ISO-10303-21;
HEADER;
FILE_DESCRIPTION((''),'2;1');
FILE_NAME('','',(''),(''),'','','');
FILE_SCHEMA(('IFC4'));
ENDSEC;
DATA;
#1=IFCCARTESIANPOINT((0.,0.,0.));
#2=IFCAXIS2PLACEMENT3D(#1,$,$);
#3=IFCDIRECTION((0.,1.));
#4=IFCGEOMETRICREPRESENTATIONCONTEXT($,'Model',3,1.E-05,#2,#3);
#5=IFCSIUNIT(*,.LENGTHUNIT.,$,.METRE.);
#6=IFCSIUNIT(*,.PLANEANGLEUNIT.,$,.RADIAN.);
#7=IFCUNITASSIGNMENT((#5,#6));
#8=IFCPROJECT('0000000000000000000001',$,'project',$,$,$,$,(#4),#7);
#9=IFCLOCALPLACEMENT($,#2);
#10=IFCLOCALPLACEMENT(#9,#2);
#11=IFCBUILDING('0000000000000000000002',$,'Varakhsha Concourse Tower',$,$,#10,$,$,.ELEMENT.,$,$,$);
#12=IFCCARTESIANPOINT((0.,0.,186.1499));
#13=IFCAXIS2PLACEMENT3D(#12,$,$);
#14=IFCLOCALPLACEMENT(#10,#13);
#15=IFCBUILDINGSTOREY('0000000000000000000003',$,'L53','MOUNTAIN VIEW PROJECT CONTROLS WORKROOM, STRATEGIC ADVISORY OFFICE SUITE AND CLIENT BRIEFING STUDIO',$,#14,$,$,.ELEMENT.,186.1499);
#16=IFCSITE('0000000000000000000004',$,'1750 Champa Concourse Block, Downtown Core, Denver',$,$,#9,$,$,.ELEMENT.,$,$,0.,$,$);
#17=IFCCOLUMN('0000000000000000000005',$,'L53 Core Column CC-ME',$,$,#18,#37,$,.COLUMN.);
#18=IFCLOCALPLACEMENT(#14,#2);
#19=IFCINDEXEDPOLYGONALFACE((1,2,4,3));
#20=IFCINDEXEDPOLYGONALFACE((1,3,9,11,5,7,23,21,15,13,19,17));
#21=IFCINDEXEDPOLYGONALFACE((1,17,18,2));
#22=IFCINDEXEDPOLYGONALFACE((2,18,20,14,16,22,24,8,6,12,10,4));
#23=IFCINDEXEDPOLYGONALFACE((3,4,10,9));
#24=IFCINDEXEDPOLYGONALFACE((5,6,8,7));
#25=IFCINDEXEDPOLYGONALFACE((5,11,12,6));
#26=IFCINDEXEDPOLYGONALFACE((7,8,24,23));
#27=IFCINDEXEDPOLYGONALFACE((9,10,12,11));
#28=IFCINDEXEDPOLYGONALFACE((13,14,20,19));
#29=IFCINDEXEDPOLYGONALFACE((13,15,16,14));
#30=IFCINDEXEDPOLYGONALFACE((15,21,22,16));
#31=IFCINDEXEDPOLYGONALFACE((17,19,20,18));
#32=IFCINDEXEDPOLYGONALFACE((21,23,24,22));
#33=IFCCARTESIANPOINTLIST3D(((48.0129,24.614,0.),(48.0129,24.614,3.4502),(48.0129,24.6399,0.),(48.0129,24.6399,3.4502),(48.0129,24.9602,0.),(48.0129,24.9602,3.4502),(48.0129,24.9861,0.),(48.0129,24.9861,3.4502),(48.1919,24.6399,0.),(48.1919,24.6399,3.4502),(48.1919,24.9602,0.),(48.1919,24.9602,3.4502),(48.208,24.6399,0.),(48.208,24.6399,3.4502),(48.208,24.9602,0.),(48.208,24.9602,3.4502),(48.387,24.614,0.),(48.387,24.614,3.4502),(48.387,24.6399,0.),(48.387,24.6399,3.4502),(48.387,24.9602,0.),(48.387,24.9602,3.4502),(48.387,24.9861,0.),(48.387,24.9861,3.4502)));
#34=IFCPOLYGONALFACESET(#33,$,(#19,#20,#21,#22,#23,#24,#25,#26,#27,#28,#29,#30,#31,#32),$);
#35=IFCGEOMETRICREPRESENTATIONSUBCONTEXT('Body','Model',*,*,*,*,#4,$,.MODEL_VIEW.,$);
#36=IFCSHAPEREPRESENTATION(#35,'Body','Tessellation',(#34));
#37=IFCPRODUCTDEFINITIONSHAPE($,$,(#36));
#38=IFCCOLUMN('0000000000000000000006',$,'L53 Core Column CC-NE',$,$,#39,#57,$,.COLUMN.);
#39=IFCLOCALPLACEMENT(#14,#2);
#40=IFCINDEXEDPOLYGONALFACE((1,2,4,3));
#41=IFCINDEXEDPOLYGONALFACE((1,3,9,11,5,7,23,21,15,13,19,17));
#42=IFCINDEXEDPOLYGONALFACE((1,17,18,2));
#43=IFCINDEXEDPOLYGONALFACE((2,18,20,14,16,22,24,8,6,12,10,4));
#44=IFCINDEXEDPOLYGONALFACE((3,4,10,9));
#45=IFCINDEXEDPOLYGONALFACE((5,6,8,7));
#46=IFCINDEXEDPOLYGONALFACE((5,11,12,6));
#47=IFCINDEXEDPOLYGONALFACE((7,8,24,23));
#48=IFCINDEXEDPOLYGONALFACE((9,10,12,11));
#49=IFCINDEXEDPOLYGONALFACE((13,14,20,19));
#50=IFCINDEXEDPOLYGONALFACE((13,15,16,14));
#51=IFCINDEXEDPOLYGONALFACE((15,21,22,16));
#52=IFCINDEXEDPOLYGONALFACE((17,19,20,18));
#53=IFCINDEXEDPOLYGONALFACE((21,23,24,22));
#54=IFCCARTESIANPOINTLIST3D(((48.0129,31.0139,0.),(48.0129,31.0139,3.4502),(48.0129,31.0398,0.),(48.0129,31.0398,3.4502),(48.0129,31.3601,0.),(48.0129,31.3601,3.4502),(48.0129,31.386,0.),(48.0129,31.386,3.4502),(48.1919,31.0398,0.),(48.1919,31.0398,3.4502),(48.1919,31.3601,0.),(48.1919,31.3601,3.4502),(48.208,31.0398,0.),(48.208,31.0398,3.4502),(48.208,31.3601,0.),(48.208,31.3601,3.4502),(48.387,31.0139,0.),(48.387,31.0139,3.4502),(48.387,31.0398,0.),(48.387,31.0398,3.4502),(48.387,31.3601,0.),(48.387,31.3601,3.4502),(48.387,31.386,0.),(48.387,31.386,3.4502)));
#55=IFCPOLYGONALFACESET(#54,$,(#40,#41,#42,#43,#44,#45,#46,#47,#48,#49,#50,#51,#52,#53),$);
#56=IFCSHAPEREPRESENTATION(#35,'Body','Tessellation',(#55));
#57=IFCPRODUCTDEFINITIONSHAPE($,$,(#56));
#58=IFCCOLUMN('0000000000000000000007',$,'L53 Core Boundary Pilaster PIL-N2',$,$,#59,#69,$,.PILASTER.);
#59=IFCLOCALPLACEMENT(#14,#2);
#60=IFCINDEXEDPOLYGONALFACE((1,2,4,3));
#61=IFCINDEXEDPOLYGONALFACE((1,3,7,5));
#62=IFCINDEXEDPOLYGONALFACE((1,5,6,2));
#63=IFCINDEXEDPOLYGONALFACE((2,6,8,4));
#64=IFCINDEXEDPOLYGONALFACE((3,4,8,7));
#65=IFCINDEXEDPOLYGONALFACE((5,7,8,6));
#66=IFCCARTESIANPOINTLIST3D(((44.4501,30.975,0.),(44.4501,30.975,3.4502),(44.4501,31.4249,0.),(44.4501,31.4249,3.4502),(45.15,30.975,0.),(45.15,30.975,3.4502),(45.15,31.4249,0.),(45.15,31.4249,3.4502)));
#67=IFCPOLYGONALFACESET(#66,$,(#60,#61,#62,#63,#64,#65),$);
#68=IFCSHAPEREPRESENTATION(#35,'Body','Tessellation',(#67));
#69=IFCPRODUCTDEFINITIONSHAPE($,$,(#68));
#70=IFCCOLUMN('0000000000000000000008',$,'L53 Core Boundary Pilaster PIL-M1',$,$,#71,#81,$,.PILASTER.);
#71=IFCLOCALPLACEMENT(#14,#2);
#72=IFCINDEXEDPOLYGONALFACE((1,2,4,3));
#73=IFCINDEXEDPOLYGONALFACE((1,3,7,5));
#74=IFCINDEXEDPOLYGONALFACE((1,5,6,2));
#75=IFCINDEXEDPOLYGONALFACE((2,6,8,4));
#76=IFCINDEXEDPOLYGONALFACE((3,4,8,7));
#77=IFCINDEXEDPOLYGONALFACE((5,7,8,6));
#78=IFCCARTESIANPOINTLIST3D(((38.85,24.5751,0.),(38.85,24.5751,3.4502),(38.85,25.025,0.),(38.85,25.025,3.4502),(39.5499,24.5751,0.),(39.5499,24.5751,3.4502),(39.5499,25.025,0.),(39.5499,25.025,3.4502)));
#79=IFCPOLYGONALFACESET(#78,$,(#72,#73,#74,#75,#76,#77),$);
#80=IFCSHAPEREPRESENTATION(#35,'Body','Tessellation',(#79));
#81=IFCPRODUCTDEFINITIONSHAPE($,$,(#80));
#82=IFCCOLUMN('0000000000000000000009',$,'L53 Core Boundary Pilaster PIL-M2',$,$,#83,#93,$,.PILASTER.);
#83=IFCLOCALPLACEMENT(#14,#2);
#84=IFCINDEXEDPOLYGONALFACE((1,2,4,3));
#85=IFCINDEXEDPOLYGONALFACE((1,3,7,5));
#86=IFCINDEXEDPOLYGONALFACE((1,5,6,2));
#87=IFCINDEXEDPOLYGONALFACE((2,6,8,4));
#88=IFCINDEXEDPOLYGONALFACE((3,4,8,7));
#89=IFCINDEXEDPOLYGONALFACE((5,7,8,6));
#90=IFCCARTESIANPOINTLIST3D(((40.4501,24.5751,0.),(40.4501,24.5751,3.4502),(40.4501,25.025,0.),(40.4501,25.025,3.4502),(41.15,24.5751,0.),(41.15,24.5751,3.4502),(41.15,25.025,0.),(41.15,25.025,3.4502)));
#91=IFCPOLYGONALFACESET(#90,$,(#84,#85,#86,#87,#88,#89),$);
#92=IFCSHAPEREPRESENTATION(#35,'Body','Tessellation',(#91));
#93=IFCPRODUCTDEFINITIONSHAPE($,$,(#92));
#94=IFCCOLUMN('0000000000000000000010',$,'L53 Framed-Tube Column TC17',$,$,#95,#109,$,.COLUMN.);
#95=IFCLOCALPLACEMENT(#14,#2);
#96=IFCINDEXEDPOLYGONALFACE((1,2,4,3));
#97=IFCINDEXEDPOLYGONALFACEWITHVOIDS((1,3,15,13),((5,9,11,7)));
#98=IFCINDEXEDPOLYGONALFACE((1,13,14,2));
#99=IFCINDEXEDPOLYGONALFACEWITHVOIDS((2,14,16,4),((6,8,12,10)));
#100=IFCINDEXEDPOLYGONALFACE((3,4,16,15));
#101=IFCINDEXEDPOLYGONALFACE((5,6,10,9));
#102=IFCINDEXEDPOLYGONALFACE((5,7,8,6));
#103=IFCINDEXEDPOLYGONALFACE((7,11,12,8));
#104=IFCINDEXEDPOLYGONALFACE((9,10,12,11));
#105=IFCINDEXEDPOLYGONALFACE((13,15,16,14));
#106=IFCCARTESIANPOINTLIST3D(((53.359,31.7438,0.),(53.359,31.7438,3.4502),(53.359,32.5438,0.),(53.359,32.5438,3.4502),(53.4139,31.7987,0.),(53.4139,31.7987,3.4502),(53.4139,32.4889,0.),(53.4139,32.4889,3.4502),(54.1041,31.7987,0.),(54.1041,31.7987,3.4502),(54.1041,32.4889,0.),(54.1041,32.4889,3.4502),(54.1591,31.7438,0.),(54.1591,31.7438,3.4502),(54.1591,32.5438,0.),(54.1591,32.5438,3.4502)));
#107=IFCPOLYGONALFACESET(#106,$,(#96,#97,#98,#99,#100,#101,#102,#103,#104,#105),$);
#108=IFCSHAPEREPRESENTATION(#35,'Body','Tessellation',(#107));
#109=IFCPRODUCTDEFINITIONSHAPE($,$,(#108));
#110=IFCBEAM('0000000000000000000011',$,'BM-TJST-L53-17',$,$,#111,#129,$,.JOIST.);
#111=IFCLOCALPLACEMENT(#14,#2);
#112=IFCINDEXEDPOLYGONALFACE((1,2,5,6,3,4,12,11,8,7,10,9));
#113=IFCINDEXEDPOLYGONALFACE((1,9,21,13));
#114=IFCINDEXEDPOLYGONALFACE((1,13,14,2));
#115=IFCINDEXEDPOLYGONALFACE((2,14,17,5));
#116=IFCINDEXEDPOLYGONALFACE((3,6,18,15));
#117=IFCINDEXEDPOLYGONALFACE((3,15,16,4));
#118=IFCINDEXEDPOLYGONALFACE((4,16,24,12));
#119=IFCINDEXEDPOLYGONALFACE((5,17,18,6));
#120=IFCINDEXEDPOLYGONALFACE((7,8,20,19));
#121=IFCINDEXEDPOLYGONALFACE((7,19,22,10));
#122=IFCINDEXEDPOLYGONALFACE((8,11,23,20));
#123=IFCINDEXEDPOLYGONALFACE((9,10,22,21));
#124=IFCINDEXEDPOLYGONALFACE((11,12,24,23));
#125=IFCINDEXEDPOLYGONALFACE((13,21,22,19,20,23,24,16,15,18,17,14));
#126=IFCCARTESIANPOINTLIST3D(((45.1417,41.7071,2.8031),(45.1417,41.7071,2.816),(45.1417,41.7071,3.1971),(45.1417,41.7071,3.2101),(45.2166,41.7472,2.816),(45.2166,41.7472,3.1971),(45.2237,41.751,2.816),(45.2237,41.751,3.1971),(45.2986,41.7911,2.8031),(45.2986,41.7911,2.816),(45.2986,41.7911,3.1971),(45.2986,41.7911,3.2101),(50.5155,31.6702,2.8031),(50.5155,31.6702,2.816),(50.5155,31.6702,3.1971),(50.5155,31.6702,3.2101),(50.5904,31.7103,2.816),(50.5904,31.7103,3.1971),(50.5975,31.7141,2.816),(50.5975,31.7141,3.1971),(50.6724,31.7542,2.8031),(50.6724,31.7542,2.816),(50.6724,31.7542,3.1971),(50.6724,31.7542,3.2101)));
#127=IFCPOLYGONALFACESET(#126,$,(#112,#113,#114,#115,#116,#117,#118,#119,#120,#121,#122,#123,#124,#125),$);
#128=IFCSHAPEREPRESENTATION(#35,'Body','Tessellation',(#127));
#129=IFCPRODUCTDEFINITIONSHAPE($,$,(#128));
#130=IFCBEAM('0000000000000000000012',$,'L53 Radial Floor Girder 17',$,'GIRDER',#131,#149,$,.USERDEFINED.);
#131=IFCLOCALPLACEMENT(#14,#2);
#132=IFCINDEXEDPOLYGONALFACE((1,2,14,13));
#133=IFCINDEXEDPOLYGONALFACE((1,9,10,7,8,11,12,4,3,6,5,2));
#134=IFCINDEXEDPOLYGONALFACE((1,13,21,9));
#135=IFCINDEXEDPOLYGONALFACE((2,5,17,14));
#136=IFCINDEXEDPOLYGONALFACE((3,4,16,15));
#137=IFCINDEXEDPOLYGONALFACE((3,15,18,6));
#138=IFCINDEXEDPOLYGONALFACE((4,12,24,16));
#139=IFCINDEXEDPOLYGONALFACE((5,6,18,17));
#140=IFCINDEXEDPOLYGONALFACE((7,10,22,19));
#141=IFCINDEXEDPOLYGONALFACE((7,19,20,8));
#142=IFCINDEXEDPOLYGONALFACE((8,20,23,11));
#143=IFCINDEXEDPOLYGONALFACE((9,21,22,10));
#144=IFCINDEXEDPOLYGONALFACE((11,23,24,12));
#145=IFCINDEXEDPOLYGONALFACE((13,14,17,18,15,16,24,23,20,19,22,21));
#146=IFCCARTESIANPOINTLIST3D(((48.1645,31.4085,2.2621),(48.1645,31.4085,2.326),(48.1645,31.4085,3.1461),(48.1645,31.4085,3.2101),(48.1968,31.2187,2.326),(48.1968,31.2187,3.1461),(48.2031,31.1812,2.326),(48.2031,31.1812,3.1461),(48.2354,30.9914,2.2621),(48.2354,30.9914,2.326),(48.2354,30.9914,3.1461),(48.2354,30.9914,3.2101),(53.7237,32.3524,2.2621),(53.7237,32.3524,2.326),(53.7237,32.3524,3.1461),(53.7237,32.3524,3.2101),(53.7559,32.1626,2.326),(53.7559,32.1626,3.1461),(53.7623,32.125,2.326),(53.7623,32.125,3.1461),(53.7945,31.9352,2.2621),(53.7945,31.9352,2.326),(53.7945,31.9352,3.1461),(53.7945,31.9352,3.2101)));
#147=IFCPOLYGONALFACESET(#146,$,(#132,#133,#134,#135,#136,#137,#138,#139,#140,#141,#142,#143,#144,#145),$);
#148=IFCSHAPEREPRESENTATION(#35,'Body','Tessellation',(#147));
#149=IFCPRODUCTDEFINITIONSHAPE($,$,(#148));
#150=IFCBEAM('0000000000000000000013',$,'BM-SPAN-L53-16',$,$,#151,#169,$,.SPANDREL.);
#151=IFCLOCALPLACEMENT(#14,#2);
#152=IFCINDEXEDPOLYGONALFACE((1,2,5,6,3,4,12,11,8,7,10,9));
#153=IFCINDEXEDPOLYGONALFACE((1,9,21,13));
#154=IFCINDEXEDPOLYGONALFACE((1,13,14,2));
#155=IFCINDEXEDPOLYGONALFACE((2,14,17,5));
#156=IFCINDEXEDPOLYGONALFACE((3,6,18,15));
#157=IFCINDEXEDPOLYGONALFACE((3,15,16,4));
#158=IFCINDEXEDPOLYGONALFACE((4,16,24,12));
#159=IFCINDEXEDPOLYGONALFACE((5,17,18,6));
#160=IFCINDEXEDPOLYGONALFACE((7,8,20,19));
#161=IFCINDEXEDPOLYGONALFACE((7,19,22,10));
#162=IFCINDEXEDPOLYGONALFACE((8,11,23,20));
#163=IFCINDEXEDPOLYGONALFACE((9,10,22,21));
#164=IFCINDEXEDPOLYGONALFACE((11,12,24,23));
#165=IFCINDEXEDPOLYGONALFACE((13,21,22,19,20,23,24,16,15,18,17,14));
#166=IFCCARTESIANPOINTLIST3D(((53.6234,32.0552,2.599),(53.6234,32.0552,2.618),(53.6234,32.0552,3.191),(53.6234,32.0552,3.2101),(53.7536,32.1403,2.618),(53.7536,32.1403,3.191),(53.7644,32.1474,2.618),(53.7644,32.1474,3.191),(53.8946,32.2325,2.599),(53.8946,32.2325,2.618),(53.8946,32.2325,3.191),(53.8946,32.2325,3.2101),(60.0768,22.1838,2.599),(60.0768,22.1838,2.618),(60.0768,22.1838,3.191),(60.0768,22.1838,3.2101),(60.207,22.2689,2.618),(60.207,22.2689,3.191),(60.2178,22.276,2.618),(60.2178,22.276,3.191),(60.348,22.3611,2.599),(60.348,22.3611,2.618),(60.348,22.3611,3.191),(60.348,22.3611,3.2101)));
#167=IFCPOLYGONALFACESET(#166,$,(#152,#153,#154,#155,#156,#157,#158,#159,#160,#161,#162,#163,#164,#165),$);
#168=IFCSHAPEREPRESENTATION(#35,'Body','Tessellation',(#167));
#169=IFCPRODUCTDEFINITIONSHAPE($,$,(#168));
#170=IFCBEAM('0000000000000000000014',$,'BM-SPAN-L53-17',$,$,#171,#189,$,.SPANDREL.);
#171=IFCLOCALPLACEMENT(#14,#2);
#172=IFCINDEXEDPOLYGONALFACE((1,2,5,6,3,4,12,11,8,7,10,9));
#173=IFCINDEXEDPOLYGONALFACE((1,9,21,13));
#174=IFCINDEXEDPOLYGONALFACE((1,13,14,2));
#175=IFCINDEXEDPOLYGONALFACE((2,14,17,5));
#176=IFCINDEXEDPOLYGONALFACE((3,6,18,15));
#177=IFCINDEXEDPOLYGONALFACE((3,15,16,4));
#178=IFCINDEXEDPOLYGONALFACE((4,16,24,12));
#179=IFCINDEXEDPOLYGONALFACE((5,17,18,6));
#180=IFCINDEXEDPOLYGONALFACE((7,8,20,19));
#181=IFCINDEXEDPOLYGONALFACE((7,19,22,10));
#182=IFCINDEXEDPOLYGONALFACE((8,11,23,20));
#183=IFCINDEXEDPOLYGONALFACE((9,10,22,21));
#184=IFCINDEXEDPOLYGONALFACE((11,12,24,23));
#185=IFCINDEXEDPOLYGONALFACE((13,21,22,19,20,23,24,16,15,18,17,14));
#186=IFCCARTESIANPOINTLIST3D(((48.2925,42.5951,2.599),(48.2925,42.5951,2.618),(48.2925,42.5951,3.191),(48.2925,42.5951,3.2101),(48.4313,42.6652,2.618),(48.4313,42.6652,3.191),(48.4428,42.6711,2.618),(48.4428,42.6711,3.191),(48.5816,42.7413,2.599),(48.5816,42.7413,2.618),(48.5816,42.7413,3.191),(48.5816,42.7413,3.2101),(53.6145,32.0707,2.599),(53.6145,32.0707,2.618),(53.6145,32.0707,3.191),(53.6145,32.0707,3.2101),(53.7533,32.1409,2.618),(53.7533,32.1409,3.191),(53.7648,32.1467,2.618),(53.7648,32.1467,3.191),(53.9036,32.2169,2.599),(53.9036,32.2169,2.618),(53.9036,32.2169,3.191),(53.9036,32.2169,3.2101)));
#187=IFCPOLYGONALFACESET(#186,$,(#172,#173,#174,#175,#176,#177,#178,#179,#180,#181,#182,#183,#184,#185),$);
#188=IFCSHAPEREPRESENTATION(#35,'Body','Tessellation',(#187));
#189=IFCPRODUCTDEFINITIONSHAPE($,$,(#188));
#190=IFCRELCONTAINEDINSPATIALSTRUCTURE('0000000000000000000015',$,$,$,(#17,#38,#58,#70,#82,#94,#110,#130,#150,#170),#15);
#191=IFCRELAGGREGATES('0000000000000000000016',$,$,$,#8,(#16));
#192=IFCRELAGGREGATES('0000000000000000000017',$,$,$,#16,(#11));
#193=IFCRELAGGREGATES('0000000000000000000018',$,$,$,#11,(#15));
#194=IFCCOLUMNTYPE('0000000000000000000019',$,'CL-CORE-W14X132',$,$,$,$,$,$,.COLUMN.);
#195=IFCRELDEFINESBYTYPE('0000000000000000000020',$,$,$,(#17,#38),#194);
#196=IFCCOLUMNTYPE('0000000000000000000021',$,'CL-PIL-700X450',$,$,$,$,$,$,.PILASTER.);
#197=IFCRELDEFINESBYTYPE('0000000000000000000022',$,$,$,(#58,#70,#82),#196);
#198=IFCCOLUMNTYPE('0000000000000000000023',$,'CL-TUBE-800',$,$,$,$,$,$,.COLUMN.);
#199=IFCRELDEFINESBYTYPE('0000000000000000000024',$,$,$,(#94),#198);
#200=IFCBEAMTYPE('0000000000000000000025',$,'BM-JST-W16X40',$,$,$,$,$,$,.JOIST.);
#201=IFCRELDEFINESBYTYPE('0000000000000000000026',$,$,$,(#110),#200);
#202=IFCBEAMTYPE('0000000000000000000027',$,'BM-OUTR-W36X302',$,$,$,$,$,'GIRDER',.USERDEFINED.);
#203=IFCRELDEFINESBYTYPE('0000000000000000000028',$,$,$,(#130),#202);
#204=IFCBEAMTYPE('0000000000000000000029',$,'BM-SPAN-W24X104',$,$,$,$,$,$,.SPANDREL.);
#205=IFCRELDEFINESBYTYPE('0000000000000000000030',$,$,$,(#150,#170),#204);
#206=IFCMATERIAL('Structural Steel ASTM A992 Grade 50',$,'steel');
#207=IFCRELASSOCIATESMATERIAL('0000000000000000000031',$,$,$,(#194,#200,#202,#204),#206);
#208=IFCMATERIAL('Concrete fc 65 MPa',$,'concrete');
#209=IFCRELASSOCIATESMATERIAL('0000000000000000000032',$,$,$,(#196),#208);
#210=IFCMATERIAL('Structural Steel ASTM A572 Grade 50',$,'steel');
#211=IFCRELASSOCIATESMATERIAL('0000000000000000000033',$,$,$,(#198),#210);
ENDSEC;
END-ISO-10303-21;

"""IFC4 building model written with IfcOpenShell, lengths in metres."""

from ifc_helpers import new_model, si_unit, direction, frame, origin, origin_2d, place, context, subcontext, project, spatial, rectangle, hollow_rectangle, i_section, extrude, material, material_profile, profile_set, type_object, element, save


model = new_model("IFC4")

# Units and contexts
model_context = context("Model", 3, precision=1e-05, world=origin(), true_north=direction((0.0, 1.0)))
body_context = subcontext(model_context, "Body", "Model", "MODEL_VIEW")
ifc_project = project(units=[si_unit("LENGTHUNIT", "METRE"), si_unit("PLANEANGLEUNIT", "RADIAN")], contexts=[model_context])

# Site, building, storey
site_placement = place(None, origin())
site = spatial("IfcSite", under=ifc_project, at=site_placement, Name="1750 Champa Concourse Block, Downtown Core, Denver", CompositionType="ELEMENT", RefElevation=0.0)
building_placement = place(site_placement, origin())
building = spatial("IfcBuilding", under=site, at=building_placement, Name="Varakhsha Concourse Tower", CompositionType="ELEMENT")
storey_placement = place(building_placement, frame((0.0, 0.0, 186.1499)))
storey = spatial("IfcBuildingStorey", under=building, at=storey_placement, Name="L53", Description="MOUNTAIN VIEW PROJECT CONTROLS WORKROOM, STRATEGIC ADVISORY OFFICE SUITE AND CLIENT BRIEFING STUDIO", CompositionType="ELEMENT", Elevation=186.1499)

# Columns
ifc_material_1 = material(Name="Structural Steel ASTM A992 Grade 50", Category="steel")
ifc_material_profile_1 = material_profile(ifc_material_1, i_section(OverallWidth=0.374, OverallDepth=0.3721, WebThickness=0.0161, FlangeThickness=0.0259, at=origin_2d()), Name="W14X132")
ifc_profile_set_1 = profile_set([ifc_material_profile_1], Name="Structural Steel ASTM A992 Grade 50")
column_type_1 = type_object("IfcColumnType", Name="CL-CORE-W14X132", PredefinedType="COLUMN", material=ifc_profile_set_1)
for number, where, z_axis, x_axis, name in (
    (1, (48.2, 24.8, 0.0), (0.0, 0.0, 1.0), (1.0, 0.0, 0.0), "L53 Core Column CC-ME"),
    (2, (48.2, 31.2, 0.0), (0.0, 0.0, 1.0), (1.0, 0.0, 0.0), "L53 Core Column CC-NE"),
):
    element("IfcColumn", number, at=place(storey_placement, frame(where, z_axis=z_axis, x_axis=x_axis)), inside=storey, type_object=column_type_1, Name=name, PredefinedType="COLUMN", context=body_context, shape_type="SweptSolid", body=[
        extrude(i_section(OverallWidth=0.374, OverallDepth=0.3721, WebThickness=0.0161, FlangeThickness=0.0259, at=origin_2d()), origin(), (0.0, 0.0, 1.0), 3.4502),
    ])
ifc_material_2 = material(Name="Concrete fc 65 MPa", Category="concrete")
ifc_material_profile_2 = material_profile(ifc_material_2, rectangle(XDim=0.7, YDim=0.45, at=origin_2d()), Name="RC 700x450")
ifc_profile_set_2 = profile_set([ifc_material_profile_2], Name="Concrete fc 65 MPa")
column_type_2 = type_object("IfcColumnType", Name="CL-PIL-700X450", PredefinedType="PILASTER", material=ifc_profile_set_2)
for number, where, z_axis, x_axis, name in (
    (3, (44.8, 31.2, 0.0), (0.0, 0.0, 1.0), (1.0, 0.0, 0.0), "L53 Core Boundary Pilaster PIL-N2"),
    (4, (39.2, 24.8, 0.0), (0.0, 0.0, 1.0), (1.0, 0.0, 0.0), "L53 Core Boundary Pilaster PIL-M1"),
    (5, (40.8, 24.8, 0.0), (0.0, 0.0, 1.0), (1.0, 0.0, 0.0), "L53 Core Boundary Pilaster PIL-M2"),
):
    element("IfcColumn", number, at=place(storey_placement, frame(where, z_axis=z_axis, x_axis=x_axis)), inside=storey, type_object=column_type_2, Name=name, PredefinedType="PILASTER", context=body_context, shape_type="SweptSolid", body=[
        extrude(rectangle(XDim=0.7, YDim=0.45, at=origin_2d()), origin(), (0.0, 0.0, 1.0), 3.4502),
    ])
ifc_material_3 = material(Name="Structural Steel ASTM A572 Grade 50", Category="steel")
ifc_material_profile_3 = material_profile(ifc_material_3, hollow_rectangle(XDim=0.8, YDim=0.8, WallThickness=0.0549, at=origin_2d()), Name="BOX 800x800x55")
ifc_profile_set_3 = profile_set([ifc_material_profile_3], Name="Structural Steel ASTM A572 Grade 50")
column_type_3 = type_object("IfcColumnType", Name="CL-TUBE-800", PredefinedType="COLUMN", material=ifc_profile_set_3)
column_placement = place(storey_placement, frame((53.759, 32.1438, 0.0), z_axis=(0.0, 0.0, 1.0), x_axis=(1.0, 0.0, 0.0)))
element("IfcColumn", 6, at=column_placement, inside=storey, type_object=column_type_3, Name="L53 Framed-Tube Column TC17", PredefinedType="COLUMN", context=body_context, shape_type="SweptSolid", body=[
    extrude(hollow_rectangle(XDim=0.8, YDim=0.8, WallThickness=0.0549, at=origin_2d()), origin(), (0.0, 0.0, 1.0), 3.4502),
])

# Beams
ifc_material_profile_4 = material_profile(ifc_material_1, i_section(OverallWidth=0.178, OverallDepth=0.407, WebThickness=0.0081, FlangeThickness=0.0129, at=origin_2d()), Name="W16X40")
ifc_profile_set_4 = profile_set([ifc_material_profile_4], Name="Structural Steel ASTM A992 Grade 50")
beam_type_1 = type_object("IfcBeamType", Name="BM-JST-W16X40", PredefinedType="JOIST", material=ifc_profile_set_4)
beam_1_placement = place(storey_placement, frame((50.594, 31.7122, 3.0066), z_axis=(-0.472009, 0.881594, 0.0), x_axis=(-0.881594, -0.472009, 0.0)))
element("IfcBeam", 7, at=beam_1_placement, inside=storey, type_object=beam_type_1, Name="BM-TJST-L53-17", PredefinedType="JOIST", context=body_context, shape_type="SweptSolid", body=[
    extrude(i_section(OverallWidth=0.178, OverallDepth=0.407, WebThickness=0.0081, FlangeThickness=0.0129, at=origin_2d()), origin(), (0.0, 0.0, 1.0), 11.385),
])
ifc_material_profile_5 = material_profile(ifc_material_1, i_section(OverallWidth=0.4231, OverallDepth=0.948, WebThickness=0.0381, FlangeThickness=0.064, at=origin_2d()), Name="W36X302")
ifc_profile_set_5 = profile_set([ifc_material_profile_5], Name="Structural Steel ASTM A992 Grade 50")
beam_type_2 = type_object("IfcBeamType", Name="BM-OUTR-W36X302", ElementType="GIRDER", PredefinedType="USERDEFINED", material=ifc_profile_set_5)
beam_2_placement = place(storey_placement, frame((48.2, 31.2, 2.7361), z_axis=(0.985891, 0.167389, 0.0), x_axis=(-0.167389, 0.985891, 0.0)))
element("IfcBeam", 8, at=beam_2_placement, inside=storey, type_object=beam_type_2, Name="L53 Radial Floor Girder 17", ObjectType="GIRDER", PredefinedType="USERDEFINED", context=body_context, shape_type="SweptSolid", body=[
    extrude(i_section(OverallWidth=0.4231, OverallDepth=0.948, WebThickness=0.0381, FlangeThickness=0.064, at=origin_2d()), origin(), (0.0, 0.0, 1.0), 5.6387),
])
ifc_material_profile_6 = material_profile(ifc_material_1, i_section(OverallWidth=0.324, OverallDepth=0.6111, WebThickness=0.0129, FlangeThickness=0.019, at=origin_2d()), Name="W24X104")
ifc_profile_set_6 = profile_set([ifc_material_profile_6], Name="Structural Steel ASTM A992 Grade 50")
beam_type_3 = type_object("IfcBeamType", Name="BM-SPAN-W24X104", PredefinedType="SPANDREL", material=ifc_profile_set_6)
beam_3_placement = place(storey_placement, frame((60.2124, 22.2725, 2.9045), z_axis=(-0.547192, 0.837007, 0.0), x_axis=(-0.837007, -0.547192, 0.0)))
element("IfcBeam", 9, at=beam_3_placement, inside=storey, type_object=beam_type_3, Name="BM-SPAN-L53-16", PredefinedType="SPANDREL", context=body_context, shape_type="SweptSolid", body=[
    extrude(i_section(OverallWidth=0.324, OverallDepth=0.6111, WebThickness=0.0129, FlangeThickness=0.019, at=origin_2d()), origin(), (0.0, 0.0, 1.0), 11.7937),
])
beam_4_placement = place(storey_placement, frame((53.759, 32.1438, 2.9045), z_axis=(-0.451266, 0.892389, 0.0), x_axis=(-0.892389, -0.451266, 0.0)))
element("IfcBeam", 10, at=beam_4_placement, inside=storey, type_object=beam_type_3, Name="BM-SPAN-L53-17", PredefinedType="SPANDREL", context=body_context, shape_type="SweptSolid", body=[
    extrude(i_section(OverallWidth=0.324, OverallDepth=0.6111, WebThickness=0.0129, FlangeThickness=0.019, at=origin_2d()), origin(), (0.0, 0.0, 1.0), 11.7935),
])

save(model, "model.ifc")
